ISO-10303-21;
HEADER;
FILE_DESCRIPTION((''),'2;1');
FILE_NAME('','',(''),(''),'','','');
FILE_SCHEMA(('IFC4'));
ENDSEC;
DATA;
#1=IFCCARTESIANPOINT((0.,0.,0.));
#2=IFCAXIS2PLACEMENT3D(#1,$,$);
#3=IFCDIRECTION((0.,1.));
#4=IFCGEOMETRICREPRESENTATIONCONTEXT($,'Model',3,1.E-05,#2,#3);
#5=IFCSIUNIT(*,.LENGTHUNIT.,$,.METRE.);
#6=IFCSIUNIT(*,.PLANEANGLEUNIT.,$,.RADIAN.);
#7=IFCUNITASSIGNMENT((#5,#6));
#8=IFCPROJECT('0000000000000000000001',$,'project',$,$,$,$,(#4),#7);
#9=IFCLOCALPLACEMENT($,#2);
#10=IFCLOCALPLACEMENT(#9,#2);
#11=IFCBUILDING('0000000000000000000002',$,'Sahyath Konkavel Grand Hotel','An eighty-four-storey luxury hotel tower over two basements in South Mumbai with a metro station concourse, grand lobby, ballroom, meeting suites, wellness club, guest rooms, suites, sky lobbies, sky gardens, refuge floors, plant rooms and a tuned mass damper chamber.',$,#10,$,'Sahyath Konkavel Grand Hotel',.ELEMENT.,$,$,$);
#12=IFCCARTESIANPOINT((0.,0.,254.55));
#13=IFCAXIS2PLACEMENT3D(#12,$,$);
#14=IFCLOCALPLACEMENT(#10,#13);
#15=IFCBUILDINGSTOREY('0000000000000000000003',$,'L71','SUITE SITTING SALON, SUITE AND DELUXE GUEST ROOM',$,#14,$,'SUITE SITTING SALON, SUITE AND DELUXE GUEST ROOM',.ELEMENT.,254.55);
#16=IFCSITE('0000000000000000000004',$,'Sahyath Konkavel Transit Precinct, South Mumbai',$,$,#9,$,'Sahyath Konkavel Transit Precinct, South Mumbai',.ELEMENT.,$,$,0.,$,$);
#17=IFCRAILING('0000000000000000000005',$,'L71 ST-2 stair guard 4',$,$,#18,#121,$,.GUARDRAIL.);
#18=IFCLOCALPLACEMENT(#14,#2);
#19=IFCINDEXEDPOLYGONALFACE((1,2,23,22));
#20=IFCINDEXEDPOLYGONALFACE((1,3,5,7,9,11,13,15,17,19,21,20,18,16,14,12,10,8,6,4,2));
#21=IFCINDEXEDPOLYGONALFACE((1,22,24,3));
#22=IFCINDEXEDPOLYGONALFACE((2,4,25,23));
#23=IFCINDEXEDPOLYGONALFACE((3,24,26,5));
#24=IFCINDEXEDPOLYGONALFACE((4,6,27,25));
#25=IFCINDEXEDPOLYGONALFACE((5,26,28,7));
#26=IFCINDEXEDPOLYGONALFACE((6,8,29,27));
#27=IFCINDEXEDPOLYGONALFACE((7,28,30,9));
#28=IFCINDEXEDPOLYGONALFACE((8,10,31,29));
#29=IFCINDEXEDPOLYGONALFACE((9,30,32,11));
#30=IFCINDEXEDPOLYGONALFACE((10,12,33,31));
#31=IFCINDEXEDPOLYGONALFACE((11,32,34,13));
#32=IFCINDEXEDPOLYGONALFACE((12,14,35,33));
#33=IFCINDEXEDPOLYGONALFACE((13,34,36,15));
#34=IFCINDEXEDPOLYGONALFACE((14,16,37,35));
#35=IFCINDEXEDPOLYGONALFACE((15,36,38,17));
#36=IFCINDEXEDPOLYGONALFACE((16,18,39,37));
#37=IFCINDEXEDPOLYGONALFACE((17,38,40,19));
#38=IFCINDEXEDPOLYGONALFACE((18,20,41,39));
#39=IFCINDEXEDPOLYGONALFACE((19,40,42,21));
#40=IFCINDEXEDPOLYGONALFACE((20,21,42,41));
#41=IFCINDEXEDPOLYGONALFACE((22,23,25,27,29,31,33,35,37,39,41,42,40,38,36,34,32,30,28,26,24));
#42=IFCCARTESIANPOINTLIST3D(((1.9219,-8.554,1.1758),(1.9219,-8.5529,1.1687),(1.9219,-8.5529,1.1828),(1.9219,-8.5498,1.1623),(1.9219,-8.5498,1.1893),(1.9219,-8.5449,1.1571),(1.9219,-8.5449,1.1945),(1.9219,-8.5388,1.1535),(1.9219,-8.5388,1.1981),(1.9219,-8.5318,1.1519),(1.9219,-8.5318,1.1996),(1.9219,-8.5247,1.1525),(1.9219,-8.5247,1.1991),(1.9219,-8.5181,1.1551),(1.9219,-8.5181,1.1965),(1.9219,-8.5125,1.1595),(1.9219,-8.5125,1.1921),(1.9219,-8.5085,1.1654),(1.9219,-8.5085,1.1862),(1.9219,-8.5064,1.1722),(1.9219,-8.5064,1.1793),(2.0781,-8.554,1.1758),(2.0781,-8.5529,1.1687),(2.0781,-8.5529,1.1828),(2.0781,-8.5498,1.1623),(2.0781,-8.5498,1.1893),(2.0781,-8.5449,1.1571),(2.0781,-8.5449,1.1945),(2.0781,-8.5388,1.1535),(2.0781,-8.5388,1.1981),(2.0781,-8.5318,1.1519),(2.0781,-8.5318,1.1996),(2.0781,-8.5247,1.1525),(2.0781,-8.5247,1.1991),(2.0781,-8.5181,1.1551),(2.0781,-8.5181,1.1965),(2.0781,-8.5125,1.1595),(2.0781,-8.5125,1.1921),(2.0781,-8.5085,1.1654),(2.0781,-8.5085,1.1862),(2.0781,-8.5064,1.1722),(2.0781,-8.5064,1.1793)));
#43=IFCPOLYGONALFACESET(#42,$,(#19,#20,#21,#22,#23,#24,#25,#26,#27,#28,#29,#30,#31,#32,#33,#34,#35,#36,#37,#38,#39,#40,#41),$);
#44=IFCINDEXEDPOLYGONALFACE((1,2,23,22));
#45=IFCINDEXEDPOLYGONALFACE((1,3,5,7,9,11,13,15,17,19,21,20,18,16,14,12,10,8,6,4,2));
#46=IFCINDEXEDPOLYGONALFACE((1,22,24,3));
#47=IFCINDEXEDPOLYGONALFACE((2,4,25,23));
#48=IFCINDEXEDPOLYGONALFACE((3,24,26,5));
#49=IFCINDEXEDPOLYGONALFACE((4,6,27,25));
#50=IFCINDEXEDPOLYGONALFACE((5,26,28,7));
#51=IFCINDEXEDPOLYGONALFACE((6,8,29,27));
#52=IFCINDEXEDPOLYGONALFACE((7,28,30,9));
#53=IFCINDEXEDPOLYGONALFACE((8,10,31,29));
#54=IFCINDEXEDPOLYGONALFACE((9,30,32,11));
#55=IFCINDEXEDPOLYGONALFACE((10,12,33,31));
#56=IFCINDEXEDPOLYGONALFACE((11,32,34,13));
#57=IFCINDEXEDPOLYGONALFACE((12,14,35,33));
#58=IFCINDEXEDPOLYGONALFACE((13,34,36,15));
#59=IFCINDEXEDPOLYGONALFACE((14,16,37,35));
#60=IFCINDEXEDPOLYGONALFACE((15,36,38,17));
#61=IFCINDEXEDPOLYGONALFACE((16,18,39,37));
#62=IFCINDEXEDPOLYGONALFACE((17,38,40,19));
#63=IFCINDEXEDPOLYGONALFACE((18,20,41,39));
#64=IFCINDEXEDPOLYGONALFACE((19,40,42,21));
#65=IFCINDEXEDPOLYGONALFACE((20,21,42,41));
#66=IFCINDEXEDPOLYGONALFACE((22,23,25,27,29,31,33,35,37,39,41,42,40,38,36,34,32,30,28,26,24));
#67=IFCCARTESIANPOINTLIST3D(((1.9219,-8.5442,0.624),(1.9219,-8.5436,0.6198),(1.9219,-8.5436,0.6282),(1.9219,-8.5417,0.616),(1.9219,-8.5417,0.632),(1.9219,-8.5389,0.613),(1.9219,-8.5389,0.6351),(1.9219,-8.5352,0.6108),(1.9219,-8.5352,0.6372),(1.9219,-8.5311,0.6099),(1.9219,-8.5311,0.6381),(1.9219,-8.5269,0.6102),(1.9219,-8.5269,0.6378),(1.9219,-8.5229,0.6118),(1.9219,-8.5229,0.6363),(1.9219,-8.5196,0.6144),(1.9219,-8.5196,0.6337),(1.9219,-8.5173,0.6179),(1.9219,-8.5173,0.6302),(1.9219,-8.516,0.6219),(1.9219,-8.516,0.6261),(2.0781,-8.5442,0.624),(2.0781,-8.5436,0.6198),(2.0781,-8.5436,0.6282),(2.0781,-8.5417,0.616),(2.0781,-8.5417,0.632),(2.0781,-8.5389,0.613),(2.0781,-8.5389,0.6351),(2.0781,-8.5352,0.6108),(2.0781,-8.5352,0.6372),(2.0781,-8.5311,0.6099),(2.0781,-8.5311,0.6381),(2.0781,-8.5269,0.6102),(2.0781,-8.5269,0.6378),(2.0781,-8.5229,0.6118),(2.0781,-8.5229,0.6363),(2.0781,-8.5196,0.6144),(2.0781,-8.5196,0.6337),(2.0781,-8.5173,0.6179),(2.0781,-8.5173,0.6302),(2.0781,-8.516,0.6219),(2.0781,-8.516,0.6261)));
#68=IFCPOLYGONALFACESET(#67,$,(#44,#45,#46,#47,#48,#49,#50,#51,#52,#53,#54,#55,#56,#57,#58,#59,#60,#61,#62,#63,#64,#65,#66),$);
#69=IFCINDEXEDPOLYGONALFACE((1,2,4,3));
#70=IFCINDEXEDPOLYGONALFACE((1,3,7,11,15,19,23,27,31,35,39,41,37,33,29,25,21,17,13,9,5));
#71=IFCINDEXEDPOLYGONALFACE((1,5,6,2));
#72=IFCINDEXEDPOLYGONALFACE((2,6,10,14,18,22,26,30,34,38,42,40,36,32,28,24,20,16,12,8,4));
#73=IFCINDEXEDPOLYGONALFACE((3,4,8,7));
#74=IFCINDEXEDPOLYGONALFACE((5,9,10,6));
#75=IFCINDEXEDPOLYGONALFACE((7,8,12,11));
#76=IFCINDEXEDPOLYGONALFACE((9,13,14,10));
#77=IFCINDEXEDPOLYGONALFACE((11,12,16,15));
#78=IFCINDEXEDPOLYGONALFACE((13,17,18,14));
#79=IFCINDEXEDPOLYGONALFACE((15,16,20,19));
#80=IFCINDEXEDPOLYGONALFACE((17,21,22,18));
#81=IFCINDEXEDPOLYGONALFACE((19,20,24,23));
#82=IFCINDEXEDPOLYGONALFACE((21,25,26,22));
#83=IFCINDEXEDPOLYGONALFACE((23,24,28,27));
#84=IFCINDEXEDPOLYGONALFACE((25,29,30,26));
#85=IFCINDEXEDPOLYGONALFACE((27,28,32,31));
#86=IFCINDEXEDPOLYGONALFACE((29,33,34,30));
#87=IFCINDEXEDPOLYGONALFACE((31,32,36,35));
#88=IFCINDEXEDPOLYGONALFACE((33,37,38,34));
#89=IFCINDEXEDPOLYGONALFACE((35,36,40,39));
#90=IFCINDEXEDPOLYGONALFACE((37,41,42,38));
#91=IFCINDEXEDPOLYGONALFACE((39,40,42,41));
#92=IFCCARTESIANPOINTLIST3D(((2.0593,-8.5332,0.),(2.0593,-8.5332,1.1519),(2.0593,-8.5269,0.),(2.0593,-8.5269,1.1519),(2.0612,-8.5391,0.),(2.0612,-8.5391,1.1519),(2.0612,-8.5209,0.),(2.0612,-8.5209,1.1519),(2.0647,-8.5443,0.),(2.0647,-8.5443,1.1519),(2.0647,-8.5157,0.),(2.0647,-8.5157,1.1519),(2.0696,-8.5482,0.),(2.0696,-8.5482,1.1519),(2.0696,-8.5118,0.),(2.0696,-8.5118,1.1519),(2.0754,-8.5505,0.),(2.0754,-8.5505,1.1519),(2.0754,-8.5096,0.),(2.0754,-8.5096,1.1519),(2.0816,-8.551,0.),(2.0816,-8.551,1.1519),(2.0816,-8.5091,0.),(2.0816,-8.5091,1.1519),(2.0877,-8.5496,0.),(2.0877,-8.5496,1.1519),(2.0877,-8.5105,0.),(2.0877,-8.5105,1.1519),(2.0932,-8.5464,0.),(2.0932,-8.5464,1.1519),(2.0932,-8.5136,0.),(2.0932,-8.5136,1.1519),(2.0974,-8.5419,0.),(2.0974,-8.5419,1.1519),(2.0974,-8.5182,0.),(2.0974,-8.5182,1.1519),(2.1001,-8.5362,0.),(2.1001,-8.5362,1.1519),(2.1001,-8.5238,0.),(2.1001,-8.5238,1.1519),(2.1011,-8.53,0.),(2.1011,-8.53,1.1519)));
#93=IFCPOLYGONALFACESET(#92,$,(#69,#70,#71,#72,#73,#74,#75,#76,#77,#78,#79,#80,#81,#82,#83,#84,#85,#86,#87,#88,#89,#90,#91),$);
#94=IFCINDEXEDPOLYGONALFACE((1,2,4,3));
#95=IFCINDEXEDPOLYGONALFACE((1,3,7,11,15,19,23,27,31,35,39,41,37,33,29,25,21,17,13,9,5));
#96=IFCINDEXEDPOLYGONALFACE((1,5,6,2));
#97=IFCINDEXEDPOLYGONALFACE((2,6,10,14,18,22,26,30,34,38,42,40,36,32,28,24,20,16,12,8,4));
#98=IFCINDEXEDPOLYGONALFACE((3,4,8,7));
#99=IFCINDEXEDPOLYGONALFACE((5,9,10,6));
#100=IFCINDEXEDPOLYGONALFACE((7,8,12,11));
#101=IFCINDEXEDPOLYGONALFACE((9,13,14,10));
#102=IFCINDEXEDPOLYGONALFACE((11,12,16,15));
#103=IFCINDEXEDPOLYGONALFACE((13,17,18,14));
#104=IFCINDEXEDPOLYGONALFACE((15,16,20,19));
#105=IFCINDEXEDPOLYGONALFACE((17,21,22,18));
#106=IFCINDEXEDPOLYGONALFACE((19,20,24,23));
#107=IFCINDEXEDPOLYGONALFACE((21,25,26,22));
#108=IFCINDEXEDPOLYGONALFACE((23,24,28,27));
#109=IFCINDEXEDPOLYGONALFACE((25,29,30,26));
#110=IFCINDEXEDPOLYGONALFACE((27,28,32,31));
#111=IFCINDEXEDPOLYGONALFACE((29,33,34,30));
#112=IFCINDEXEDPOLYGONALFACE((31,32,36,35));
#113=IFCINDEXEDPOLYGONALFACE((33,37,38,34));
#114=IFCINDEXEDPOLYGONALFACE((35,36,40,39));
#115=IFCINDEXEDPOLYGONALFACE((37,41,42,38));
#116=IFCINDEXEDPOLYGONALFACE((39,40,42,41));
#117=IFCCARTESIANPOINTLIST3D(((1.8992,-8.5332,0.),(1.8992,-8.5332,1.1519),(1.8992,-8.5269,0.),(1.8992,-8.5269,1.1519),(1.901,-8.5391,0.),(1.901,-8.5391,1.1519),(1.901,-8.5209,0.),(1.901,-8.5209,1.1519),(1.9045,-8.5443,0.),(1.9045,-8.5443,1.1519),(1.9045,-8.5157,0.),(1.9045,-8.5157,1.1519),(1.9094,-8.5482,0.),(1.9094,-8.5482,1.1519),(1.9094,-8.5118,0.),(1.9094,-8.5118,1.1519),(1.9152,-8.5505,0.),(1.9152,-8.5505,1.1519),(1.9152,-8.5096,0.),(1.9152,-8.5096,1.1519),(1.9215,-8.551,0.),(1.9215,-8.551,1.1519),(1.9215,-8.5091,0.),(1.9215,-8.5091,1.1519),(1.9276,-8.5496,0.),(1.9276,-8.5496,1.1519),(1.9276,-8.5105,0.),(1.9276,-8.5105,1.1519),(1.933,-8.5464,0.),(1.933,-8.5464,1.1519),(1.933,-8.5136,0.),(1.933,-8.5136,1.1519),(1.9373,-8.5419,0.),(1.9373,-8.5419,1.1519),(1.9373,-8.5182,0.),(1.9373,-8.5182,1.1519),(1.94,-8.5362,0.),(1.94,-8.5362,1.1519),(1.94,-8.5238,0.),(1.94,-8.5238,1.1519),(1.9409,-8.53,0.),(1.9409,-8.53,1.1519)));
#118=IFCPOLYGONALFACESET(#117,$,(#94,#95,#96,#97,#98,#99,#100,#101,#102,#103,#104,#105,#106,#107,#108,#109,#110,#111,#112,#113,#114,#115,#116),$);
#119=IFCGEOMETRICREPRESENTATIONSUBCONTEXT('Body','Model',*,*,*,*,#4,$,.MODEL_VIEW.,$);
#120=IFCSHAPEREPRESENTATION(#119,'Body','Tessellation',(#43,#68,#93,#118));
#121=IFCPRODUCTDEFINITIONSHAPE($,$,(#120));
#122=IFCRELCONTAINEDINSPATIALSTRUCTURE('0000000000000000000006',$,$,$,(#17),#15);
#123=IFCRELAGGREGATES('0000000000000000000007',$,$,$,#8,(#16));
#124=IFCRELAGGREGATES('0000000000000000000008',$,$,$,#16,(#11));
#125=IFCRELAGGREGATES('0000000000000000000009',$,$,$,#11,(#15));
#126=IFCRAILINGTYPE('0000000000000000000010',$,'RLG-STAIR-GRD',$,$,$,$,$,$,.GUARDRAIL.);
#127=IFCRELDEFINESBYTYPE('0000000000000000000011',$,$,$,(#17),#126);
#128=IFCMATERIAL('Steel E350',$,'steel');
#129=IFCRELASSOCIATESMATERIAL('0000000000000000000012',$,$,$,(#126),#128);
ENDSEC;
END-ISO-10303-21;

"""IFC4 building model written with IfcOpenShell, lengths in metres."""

from ifc_helpers import new_model, si_unit, direction, frame, origin, origin_2d, place, context, subcontext, project, spatial, circle, extrude, material, type_object, element, save


model = new_model("IFC4")

# Units and contexts
model_context = context("Model", 3, precision=1e-05, world=origin(), true_north=direction((0.0, 1.0)))
body_context = subcontext(model_context, "Body", "Model", "MODEL_VIEW")
ifc_project = project(units=[si_unit("LENGTHUNIT", "METRE"), si_unit("PLANEANGLEUNIT", "RADIAN")], contexts=[model_context])

# Site, building, storey
site_placement = place(None, origin())
site = spatial("IfcSite", under=ifc_project, at=site_placement, Name="Sahyath Konkavel Transit Precinct, South Mumbai", LongName="Sahyath Konkavel Transit Precinct, South Mumbai", CompositionType="ELEMENT", RefElevation=0.0)
building_placement = place(site_placement, origin())
building = spatial("IfcBuilding", under=site, at=building_placement, Name="Sahyath Konkavel Grand Hotel", Description="An eighty-four-storey luxury hotel tower over two basements in South Mumbai with a metro station concourse, grand lobby, ballroom, meeting suites, wellness club, guest rooms, suites, sky lobbies, sky gardens, refuge floors, plant rooms and a tuned mass damper chamber.", LongName="Sahyath Konkavel Grand Hotel", CompositionType="ELEMENT")
storey_placement = place(building_placement, frame((0.0, 0.0, 254.55)))
storey = spatial("IfcBuildingStorey", under=building, at=storey_placement, Name="L71", Description="SUITE SITTING SALON, SUITE AND DELUXE GUEST ROOM", LongName="SUITE SITTING SALON, SUITE AND DELUXE GUEST ROOM", CompositionType="ELEMENT", Elevation=254.55)

# Shared definitions
ifc_material_1 = material(Name="Steel E350", Category="steel")

# Railing
railing_type_1 = type_object("IfcRailingType", Name="RLG-STAIR-GRD", PredefinedType="GUARDRAIL", material=ifc_material_1)
railing_1_placement = place(storey_placement, frame((2.0801, -8.53, 0.0)))
element("IfcRailing", 1, at=railing_1_placement, inside=storey, type_object=railing_type_1, Name="L71 ST-2 stair guard 4", PredefinedType="GUARDRAIL", context=body_context, shape_type="SweptSolid", body=[
    extrude(circle(Radius=0.0239, at=origin_2d()), frame((-0.002, 0.0, 1.1758), z_axis=(-1.0, 0.0, 0.0), x_axis=(0.0, -1.0, 0.0)), (0.0, 0.0, 1.0), 0.1562),
    extrude(circle(Radius=0.0142, at=origin_2d()), frame((-0.002, 0.0, 0.624), z_axis=(-1.0, 0.0, 0.0), x_axis=(0.0, -1.0, 0.0)), (0.0, 0.0, 1.0), 0.1562),
    extrude(circle(Radius=0.021, at=origin_2d()), origin(), (0.0, 0.0, 1.0), 1.1519),
    extrude(circle(Radius=0.021, at=origin_2d()), frame((-0.1602, 0.0, 0.0)), (0.0, 0.0, 1.0), 1.1519),
])

save(model, "model.ifc")
